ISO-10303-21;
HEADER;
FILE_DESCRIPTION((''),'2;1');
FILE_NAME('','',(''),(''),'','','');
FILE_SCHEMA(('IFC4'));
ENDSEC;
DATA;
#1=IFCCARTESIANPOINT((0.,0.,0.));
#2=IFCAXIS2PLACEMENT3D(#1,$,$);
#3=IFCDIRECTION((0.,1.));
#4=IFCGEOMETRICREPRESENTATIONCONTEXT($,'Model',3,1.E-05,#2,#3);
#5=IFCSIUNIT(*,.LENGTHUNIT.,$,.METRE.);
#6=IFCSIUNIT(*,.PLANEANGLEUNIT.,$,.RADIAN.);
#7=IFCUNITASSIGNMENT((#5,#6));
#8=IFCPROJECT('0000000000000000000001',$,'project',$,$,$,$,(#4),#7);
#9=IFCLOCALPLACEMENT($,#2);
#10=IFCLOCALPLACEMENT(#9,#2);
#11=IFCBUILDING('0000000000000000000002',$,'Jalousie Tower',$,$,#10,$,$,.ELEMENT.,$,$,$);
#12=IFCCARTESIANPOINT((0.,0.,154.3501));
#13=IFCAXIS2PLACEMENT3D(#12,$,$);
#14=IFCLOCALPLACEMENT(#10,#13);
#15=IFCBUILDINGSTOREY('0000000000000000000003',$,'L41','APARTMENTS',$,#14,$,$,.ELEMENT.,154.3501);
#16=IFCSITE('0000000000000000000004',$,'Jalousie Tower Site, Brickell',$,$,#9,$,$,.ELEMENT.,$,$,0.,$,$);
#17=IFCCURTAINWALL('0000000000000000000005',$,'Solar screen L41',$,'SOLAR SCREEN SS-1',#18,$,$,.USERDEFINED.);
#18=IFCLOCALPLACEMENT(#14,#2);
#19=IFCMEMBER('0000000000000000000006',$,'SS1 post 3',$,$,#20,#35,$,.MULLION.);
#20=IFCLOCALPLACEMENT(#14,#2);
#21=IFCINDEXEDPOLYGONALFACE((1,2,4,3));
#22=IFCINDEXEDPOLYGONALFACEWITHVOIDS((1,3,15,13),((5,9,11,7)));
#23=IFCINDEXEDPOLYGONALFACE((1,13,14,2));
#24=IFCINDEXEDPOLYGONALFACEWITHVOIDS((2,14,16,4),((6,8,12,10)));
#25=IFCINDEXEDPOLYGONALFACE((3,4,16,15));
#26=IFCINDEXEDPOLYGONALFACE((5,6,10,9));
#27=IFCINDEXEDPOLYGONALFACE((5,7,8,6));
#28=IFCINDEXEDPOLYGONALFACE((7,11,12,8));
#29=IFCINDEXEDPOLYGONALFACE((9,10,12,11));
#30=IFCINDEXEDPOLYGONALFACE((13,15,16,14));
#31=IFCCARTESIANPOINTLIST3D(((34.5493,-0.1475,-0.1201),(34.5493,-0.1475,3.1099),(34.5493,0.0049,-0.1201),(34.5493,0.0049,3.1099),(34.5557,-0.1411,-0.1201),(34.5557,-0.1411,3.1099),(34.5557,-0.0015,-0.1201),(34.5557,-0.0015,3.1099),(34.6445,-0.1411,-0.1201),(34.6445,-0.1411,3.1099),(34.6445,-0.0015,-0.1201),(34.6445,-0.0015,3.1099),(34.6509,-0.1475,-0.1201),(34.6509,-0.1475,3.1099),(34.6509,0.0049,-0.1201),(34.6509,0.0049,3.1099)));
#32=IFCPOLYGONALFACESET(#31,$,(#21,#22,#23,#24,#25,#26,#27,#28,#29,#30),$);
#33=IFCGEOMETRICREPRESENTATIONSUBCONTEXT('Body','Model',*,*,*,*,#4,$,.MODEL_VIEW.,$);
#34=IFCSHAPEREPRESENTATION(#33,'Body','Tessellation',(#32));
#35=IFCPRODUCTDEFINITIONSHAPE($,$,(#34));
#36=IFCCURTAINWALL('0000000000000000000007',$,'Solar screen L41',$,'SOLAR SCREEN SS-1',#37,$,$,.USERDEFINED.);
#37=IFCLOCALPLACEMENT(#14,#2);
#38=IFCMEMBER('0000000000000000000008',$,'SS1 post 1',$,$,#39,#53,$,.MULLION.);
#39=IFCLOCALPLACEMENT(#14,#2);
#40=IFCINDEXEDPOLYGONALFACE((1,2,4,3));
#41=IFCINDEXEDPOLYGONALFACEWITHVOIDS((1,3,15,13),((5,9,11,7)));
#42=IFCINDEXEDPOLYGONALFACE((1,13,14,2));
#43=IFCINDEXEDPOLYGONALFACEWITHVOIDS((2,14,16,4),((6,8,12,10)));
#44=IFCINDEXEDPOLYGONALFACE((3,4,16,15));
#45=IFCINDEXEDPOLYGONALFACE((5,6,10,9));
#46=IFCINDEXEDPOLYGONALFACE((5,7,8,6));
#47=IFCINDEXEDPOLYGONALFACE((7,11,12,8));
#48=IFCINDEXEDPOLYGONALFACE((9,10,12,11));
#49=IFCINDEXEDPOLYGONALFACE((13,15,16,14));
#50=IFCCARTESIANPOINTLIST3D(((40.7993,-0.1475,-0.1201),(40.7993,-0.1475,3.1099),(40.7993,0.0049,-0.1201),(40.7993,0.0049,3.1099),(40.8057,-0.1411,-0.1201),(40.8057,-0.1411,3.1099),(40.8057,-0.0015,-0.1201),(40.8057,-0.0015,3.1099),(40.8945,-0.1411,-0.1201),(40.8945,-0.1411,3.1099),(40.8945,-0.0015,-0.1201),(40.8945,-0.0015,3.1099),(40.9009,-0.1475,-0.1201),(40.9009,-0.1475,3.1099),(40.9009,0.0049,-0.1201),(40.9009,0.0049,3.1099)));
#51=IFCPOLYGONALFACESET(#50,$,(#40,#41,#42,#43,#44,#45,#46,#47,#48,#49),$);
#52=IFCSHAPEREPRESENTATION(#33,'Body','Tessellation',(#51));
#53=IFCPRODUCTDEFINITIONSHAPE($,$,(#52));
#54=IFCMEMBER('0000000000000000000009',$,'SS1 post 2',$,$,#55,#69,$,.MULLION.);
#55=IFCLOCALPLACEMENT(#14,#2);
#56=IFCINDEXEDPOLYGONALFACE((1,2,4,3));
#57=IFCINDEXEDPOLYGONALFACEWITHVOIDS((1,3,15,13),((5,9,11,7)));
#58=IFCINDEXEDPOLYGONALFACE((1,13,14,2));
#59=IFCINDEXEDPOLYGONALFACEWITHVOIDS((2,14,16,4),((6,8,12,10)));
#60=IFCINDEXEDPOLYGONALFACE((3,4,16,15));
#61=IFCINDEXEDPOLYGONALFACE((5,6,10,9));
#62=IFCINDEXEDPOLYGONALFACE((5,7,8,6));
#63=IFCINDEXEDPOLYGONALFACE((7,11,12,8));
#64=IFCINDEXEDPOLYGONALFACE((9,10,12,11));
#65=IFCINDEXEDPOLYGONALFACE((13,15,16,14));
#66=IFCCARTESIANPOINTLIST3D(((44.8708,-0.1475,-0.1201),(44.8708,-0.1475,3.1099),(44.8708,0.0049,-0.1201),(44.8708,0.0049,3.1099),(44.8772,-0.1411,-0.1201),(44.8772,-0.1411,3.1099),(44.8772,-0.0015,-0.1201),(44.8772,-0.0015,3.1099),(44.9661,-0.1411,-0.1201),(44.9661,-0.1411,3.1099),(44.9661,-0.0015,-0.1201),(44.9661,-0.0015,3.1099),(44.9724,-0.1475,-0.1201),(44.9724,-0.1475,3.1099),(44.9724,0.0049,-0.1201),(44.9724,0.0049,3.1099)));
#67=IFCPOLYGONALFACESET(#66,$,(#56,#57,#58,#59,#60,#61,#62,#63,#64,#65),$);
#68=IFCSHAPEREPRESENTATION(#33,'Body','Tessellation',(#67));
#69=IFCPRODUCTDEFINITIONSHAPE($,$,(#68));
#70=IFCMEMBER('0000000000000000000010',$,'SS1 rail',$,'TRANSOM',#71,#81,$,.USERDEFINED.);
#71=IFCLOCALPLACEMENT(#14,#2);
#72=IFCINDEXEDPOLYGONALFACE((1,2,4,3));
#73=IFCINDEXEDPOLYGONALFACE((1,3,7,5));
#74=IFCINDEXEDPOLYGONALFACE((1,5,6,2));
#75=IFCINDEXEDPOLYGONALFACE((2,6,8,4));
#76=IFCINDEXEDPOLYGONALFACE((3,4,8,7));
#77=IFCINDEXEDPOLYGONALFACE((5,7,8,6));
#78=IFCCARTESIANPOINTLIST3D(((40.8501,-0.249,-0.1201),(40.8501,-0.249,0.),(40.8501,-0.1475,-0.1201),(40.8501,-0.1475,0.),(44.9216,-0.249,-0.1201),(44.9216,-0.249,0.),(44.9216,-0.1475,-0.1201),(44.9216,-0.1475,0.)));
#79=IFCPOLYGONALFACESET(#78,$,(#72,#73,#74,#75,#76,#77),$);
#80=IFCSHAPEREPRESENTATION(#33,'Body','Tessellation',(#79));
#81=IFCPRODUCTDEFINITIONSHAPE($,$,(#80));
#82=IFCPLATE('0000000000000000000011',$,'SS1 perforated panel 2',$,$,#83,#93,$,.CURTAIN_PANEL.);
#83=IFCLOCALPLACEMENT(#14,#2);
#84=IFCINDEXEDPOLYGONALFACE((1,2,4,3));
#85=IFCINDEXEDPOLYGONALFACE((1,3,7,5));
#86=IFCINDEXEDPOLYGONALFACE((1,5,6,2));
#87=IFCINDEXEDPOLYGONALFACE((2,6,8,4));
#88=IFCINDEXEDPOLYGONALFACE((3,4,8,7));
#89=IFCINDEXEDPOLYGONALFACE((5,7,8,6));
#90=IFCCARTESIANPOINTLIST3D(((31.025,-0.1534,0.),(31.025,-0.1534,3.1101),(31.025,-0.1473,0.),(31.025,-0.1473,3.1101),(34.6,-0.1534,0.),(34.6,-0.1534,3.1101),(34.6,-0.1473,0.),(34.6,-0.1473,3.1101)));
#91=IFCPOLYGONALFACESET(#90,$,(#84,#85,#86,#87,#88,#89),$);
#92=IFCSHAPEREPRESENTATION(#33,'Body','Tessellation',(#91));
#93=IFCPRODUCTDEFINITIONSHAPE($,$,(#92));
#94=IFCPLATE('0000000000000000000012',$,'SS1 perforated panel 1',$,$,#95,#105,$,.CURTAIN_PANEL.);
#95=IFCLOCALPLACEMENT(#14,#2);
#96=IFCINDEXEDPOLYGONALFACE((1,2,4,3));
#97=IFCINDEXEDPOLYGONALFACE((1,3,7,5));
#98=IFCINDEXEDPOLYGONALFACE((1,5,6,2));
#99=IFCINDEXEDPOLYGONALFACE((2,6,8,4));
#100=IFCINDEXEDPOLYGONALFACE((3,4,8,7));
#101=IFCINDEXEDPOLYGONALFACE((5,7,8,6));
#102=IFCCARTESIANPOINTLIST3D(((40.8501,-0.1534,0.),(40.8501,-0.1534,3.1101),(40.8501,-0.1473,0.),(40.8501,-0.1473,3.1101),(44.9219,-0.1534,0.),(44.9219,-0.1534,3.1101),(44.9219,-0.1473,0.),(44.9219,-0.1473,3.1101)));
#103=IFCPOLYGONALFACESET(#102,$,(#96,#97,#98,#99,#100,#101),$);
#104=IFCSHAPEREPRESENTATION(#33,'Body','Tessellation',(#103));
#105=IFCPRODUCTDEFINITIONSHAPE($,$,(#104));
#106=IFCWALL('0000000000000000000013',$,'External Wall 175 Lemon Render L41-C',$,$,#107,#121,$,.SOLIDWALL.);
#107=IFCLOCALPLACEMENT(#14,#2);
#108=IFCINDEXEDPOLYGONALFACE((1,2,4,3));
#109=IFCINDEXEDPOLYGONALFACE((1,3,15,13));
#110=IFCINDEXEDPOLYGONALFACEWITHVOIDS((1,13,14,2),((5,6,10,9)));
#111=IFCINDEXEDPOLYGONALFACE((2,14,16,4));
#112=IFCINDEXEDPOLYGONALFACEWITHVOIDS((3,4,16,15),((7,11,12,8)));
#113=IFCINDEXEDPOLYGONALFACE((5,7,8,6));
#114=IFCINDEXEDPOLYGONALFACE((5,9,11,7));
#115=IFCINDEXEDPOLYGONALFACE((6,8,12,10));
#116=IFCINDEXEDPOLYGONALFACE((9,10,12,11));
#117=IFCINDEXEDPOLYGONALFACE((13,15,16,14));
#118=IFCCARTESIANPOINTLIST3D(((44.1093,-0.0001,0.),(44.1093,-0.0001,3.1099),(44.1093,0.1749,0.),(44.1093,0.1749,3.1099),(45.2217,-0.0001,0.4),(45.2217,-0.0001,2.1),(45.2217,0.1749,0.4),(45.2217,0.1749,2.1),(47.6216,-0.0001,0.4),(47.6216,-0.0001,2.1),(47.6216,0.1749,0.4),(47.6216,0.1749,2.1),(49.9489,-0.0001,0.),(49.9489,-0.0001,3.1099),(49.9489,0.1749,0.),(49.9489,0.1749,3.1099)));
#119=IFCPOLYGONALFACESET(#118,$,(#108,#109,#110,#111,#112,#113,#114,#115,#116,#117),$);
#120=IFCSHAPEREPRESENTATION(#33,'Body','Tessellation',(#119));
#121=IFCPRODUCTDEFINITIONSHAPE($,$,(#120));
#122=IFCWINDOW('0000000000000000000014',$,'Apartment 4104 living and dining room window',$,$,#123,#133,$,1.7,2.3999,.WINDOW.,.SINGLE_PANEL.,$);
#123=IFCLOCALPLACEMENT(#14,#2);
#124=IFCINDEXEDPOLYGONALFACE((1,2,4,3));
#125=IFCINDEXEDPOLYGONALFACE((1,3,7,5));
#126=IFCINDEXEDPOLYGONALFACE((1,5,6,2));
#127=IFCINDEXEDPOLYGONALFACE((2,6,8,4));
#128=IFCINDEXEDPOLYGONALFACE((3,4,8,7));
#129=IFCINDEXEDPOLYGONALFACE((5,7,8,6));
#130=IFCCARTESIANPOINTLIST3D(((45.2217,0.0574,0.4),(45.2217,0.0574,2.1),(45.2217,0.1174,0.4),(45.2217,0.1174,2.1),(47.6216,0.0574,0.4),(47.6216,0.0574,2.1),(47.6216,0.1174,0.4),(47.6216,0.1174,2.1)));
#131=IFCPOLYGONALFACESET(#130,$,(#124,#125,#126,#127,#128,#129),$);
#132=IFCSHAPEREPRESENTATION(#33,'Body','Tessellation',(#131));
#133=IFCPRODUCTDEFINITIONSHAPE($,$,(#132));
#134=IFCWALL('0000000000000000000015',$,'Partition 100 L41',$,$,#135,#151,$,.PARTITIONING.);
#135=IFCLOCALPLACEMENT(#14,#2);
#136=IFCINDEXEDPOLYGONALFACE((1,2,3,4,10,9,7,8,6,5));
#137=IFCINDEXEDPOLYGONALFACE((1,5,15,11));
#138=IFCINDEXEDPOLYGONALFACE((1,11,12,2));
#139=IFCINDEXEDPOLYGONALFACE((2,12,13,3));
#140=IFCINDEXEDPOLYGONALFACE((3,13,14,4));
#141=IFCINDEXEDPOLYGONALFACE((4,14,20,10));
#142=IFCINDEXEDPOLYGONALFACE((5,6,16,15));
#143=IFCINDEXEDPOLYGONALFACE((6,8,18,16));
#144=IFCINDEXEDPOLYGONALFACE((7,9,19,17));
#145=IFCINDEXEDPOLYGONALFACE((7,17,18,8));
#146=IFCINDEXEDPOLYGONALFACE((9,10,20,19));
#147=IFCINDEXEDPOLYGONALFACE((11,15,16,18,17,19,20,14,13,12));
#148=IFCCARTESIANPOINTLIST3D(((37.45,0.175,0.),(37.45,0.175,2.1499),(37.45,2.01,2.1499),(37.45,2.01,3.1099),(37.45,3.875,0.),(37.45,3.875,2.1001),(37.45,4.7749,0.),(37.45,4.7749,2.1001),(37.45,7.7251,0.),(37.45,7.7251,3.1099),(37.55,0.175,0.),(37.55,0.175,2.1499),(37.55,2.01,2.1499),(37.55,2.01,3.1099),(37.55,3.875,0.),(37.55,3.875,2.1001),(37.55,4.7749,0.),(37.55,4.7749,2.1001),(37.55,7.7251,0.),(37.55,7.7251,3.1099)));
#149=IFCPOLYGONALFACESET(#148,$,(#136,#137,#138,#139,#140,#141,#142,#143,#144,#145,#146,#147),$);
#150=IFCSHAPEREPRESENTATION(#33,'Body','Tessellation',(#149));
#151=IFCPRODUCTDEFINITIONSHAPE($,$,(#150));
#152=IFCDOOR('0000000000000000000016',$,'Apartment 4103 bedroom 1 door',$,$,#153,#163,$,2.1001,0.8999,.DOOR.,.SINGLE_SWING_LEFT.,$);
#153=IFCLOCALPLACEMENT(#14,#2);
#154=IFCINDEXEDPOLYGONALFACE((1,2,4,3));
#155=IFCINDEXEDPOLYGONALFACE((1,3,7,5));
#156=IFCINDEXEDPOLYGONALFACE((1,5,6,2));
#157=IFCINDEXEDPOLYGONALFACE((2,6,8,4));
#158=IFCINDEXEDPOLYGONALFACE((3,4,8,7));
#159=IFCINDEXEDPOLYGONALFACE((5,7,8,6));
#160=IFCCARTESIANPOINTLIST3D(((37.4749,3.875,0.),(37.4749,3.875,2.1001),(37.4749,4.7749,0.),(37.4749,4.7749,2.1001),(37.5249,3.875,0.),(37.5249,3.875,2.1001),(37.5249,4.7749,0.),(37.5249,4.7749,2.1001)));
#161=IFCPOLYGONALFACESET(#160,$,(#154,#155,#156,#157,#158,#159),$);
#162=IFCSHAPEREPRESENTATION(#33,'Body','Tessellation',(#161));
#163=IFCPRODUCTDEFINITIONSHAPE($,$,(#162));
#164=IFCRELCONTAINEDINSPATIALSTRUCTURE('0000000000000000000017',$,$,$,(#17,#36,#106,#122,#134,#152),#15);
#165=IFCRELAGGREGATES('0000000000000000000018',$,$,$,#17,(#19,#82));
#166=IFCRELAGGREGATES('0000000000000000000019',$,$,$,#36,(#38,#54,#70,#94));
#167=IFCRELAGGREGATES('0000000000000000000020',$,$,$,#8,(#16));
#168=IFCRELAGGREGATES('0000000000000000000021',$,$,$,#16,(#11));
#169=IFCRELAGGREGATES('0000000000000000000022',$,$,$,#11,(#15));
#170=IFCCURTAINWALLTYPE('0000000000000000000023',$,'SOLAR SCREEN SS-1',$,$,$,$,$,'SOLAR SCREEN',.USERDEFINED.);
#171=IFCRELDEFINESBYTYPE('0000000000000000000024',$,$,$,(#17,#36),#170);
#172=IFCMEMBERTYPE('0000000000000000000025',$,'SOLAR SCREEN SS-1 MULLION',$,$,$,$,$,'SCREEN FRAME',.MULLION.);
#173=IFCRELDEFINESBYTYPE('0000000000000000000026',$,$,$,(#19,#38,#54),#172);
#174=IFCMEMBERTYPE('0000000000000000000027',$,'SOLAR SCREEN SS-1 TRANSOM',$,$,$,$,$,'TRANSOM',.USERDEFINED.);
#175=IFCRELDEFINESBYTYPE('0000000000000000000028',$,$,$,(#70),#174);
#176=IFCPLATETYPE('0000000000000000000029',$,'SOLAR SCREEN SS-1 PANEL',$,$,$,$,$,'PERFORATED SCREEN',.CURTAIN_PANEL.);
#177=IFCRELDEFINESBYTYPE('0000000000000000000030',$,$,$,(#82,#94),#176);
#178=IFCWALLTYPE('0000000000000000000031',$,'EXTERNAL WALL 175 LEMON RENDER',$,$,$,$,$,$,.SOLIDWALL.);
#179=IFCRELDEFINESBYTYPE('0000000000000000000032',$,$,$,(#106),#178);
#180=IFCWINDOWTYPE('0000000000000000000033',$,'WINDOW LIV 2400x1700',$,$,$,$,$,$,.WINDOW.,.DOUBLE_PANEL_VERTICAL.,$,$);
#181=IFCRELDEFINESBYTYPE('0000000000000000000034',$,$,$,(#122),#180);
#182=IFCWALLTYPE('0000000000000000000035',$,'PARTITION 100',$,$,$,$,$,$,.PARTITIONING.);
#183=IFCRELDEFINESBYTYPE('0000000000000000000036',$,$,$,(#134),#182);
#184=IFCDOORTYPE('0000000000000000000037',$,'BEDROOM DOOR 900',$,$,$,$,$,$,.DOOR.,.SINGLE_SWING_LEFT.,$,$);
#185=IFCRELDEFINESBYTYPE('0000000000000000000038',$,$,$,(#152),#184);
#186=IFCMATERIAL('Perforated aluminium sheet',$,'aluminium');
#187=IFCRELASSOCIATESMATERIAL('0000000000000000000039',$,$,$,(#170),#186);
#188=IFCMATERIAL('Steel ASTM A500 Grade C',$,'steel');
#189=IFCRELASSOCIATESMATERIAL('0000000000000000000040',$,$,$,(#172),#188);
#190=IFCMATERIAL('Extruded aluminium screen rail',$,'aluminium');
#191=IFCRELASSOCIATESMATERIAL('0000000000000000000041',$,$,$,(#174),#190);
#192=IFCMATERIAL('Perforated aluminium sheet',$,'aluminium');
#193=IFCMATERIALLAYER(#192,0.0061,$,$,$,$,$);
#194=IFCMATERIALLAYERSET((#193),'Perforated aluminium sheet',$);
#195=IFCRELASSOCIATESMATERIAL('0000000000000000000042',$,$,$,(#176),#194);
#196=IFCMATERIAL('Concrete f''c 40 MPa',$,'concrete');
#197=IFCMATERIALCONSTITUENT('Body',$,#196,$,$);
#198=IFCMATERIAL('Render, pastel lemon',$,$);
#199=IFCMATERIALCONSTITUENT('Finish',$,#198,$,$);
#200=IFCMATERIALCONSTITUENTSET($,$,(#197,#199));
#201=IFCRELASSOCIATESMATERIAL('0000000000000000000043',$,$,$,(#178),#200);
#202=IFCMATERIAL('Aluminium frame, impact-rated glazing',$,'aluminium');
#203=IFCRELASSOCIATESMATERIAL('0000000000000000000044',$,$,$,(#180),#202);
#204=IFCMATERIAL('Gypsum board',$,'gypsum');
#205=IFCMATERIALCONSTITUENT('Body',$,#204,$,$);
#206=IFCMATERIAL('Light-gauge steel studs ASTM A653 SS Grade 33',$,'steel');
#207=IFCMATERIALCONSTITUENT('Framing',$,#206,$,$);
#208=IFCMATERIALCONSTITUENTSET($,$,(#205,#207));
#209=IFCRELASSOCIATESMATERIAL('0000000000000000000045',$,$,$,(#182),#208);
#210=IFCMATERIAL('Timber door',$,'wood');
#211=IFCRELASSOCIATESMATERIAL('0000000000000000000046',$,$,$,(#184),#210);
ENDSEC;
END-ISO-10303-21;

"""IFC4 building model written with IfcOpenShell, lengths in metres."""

from ifc_helpers import new_model, si_unit, direction, frame, frame_2d, origin, origin_2d, place, context, subcontext, project, spatial, polyline, rectangle, hollow_rectangle, outline, extrude, material, layer, layer_set, constituent, constituent_set, material_profile, profile_set, type_object, element, fill, aggregate, save


model = new_model("IFC4")

# Units and contexts
model_context = context("Model", 3, precision=1e-05, world=origin(), true_north=direction((0.0, 1.0)))
body_context = subcontext(model_context, "Body", "Model", "MODEL_VIEW")
ifc_project = project(units=[si_unit("LENGTHUNIT", "METRE"), si_unit("PLANEANGLEUNIT", "RADIAN")], contexts=[model_context])

# Site, building, storey
site_placement = place(None, origin())
site = spatial("IfcSite", under=ifc_project, at=site_placement, Name="Jalousie Tower Site, Brickell", CompositionType="ELEMENT", RefElevation=0.0)
building_placement = place(site_placement, origin())
building = spatial("IfcBuilding", under=site, at=building_placement, Name="Jalousie Tower", CompositionType="ELEMENT")
storey_placement = place(building_placement, frame((0.0, 0.0, 154.3501)))
storey = spatial("IfcBuildingStorey", under=building, at=storey_placement, Name="L41", Description="APARTMENTS", CompositionType="ELEMENT", Elevation=154.3501)

# Curtain wall, member
ifc_material_1 = material(Name="Perforated aluminium sheet", Category="aluminium")
curtain_wall_type = type_object("IfcCurtainWallType", Name="SOLAR SCREEN SS-1", ElementType="SOLAR SCREEN", PredefinedType="USERDEFINED", material=ifc_material_1)
curtain_wall_1_placement = place(storey_placement, origin())
curtain_wall_1 = element("IfcCurtainWall", 1, at=curtain_wall_1_placement, inside=storey, type_object=curtain_wall_type, Name="Solar screen L41", ObjectType="SOLAR SCREEN SS-1", PredefinedType="USERDEFINED")
ifc_material_2 = material(Name="Steel ASTM A500 Grade C", Category="steel")
ifc_material_profile_1 = material_profile(ifc_material_2, hollow_rectangle(XDim=0.1016, YDim=0.1523, WallThickness=0.0063, at=origin_2d()), Name="HSS6X4X1/4")
ifc_profile_set_1 = profile_set([ifc_material_profile_1], Name="Steel ASTM A500 Grade C")
member_type_1 = type_object("IfcMemberType", Name="SOLAR SCREEN SS-1 MULLION", ElementType="SCREEN FRAME", PredefinedType="MULLION", material=ifc_profile_set_1)
member_1_placement = place(storey_placement, frame((34.6001, -0.0713, -0.1201), z_axis=(0.0, 0.0, 1.0), x_axis=(1.0, 0.0, 0.0)))
member_1 = element("IfcMember", 2, at=member_1_placement, type_object=member_type_1, Name="SS1 post 3", PredefinedType="MULLION", context=body_context, shape_type="SweptSolid", body=[
    extrude(hollow_rectangle(XDim=0.1016, YDim=0.1523, WallThickness=0.0063, at=origin_2d()), origin(), (0.0, 0.0, 1.0), 3.23),
])

# Curtain wall, members
curtain_wall_2_placement = place(storey_placement, origin())
curtain_wall_2 = element("IfcCurtainWall", 3, at=curtain_wall_2_placement, inside=storey, type_object=curtain_wall_type, Name="Solar screen L41", ObjectType="SOLAR SCREEN SS-1", PredefinedType="USERDEFINED")
member_2_placement = place(storey_placement, frame((40.8501, -0.0713, -0.1201), z_axis=(0.0, 0.0, 1.0), x_axis=(1.0, 0.0, 0.0)))
member_2 = element("IfcMember", 4, at=member_2_placement, type_object=member_type_1, Name="SS1 post 1", PredefinedType="MULLION", context=body_context, shape_type="SweptSolid", body=[
    extrude(hollow_rectangle(XDim=0.1016, YDim=0.1523, WallThickness=0.0063, at=origin_2d()), origin(), (0.0, 0.0, 1.0), 3.23),
])
member_3_placement = place(storey_placement, frame((44.9216, -0.0713, -0.1201), z_axis=(0.0, 0.0, 1.0), x_axis=(1.0, 0.0, 0.0)))
member_3 = element("IfcMember", 5, at=member_3_placement, type_object=member_type_1, Name="SS1 post 2", PredefinedType="MULLION", context=body_context, shape_type="SweptSolid", body=[
    extrude(hollow_rectangle(XDim=0.1016, YDim=0.1523, WallThickness=0.0063, at=origin_2d()), origin(), (0.0, 0.0, 1.0), 3.23),
])
ifc_material_3 = material(Name="Extruded aluminium screen rail", Category="aluminium")
ifc_material_profile_2 = material_profile(ifc_material_3, rectangle(XDim=0.1016, YDim=0.1201, at=origin_2d()), Name="RAIL 102x120")
ifc_profile_set_2 = profile_set([ifc_material_profile_2], Name="Extruded aluminium screen rail")
member_type_2 = type_object("IfcMemberType", Name="SOLAR SCREEN SS-1 TRANSOM", ElementType="TRANSOM", PredefinedType="USERDEFINED", material=ifc_profile_set_2)
member_4_placement = place(storey_placement, frame((40.8501, -0.1982, -0.0601), z_axis=(1.0, 0.0, 0.0), x_axis=(0.0, 1.0, 0.0)))
member_4 = element("IfcMember", 6, at=member_4_placement, type_object=member_type_2, Name="SS1 rail", ObjectType="TRANSOM", PredefinedType="USERDEFINED", context=body_context, shape_type="SweptSolid", body=[
    extrude(rectangle(XDim=0.1016, YDim=0.1201, at=origin_2d()), origin(), (0.0, 0.0, 1.0), 4.0715),
])

# Plates
ifc_material_4 = material(Name="Perforated aluminium sheet", Category="aluminium")
ifc_layer_1 = layer(ifc_material_4, 0.0061)
ifc_layer_set_1 = layer_set([ifc_layer_1], Name="Perforated aluminium sheet")
plate_type = type_object("IfcPlateType", Name="SOLAR SCREEN SS-1 PANEL", ElementType="PERFORATED SCREEN", PredefinedType="CURTAIN_PANEL", material=ifc_layer_set_1)
plate_1_placement = place(storey_placement, frame((32.8125, -0.1504, 0.0), z_axis=(0.0, 0.0, 1.0), x_axis=(1.0, 0.0, 0.0)))
plate_1 = element("IfcPlate", 7, at=plate_1_placement, type_object=plate_type, Name="SS1 perforated panel 2", PredefinedType="CURTAIN_PANEL", context=body_context, shape_type="SweptSolid", body=[
    extrude(rectangle(XDim=3.575, YDim=0.0061, at=origin_2d()), origin(), (0.0, 0.0, 1.0), 3.1101),
])
aggregate(curtain_wall_1, [member_1, plate_1])
plate_2_placement = place(storey_placement, frame((42.886, -0.1504, 0.0), z_axis=(0.0, 0.0, 1.0), x_axis=(1.0, 0.0, 0.0)))
plate_2 = element("IfcPlate", 8, at=plate_2_placement, type_object=plate_type, Name="SS1 perforated panel 1", PredefinedType="CURTAIN_PANEL", context=body_context, shape_type="SweptSolid", body=[
    extrude(rectangle(XDim=4.0718, YDim=0.0061, at=origin_2d()), origin(), (0.0, 0.0, 1.0), 3.1101),
])
aggregate(curtain_wall_2, [member_2, member_3, member_4, plate_2])

# Wall, opening, window
ifc_material_5 = material(Name="Concrete f'c 40 MPa", Category="concrete")
ifc_constituent_1 = constituent(ifc_material_5, Name="Body")
ifc_material_6 = material(Name="Render, pastel lemon")
ifc_constituent_2 = constituent(ifc_material_6, Name="Finish")
ifc_constituent_set_1 = constituent_set(constituents=[ifc_constituent_1, ifc_constituent_2])
wall_type_1 = type_object("IfcWallType", Name="EXTERNAL WALL 175 LEMON RENDER", PredefinedType="SOLIDWALL", material=ifc_constituent_set_1)
wall_1_placement = place(storey_placement, frame((44.1091, 0.0874, 0.0), z_axis=(0.0, 0.0, 1.0), x_axis=(1.0, 0.0, 0.0)))
wall_1 = element("IfcWall", 9, at=wall_1_placement, inside=storey, type_object=wall_type_1, Name="External Wall 175 Lemon Render L41-C", PredefinedType="SOLIDWALL", context=body_context, shape_type="SweptSolid", body=[
    extrude(rectangle(XDim=5.8396, YDim=0.175, at=frame_2d((2.9199, 0.0))), origin(), (0.0, 0.0, 1.0), 3.1099),
])
opening_1_placement = place(wall_1_placement, frame((1.1125, 0.0, 0.3999)))
opening_1 = element("IfcOpeningElement", 10, at=opening_1_placement, cuts=wall_1, PredefinedType="OPENING", context=body_context, shape_type="SweptSolid", body=[
    extrude(rectangle(XDim=2.3999, YDim=1.7, at=frame_2d((1.2, 0.8501))), frame((0.0, 0.0974, 0.0), z_axis=(0.0, -1.0, 0.0), x_axis=(1.0, 0.0, 0.0)), (0.0, 0.0, 1.0), 0.1951),
])
ifc_material_7 = material(Name="Aluminium frame, impact-rated glazing", Category="aluminium")
window_type = type_object("IfcWindowType", Name="WINDOW LIV 2400x1700", PartitioningType="DOUBLE_PANEL_VERTICAL", PredefinedType="WINDOW", material=ifc_material_7)
window_placement = place(opening_1_placement, origin())
window = element("IfcWindow", 11, at=window_placement, inside=storey, type_object=window_type, Name="Apartment 4104 living and dining room window", OverallHeight=1.7, OverallWidth=2.3999, PartitioningType="SINGLE_PANEL", PredefinedType="WINDOW", context=body_context, shape_type="SweptSolid", body=[
    extrude(rectangle(XDim=2.3999, YDim=1.7, at=frame_2d((1.2, 0.8501))), frame((0.0, 0.03, 0.0), z_axis=(0.0, -1.0, 0.0), x_axis=(1.0, 0.0, 0.0)), (0.0, 0.0, 1.0), 0.0601),
])
fill(opening_1, window)

# Wall, opening, door
ifc_material_8 = material(Name="Gypsum board", Category="gypsum")
ifc_constituent_3 = constituent(ifc_material_8, Name="Body")
ifc_material_9 = material(Name="Light-gauge steel studs ASTM A653 SS Grade 33", Category="steel")
ifc_constituent_4 = constituent(ifc_material_9, Name="Framing")
ifc_constituent_set_2 = constituent_set(constituents=[ifc_constituent_3, ifc_constituent_4])
wall_type_2 = type_object("IfcWallType", Name="PARTITION 100", PredefinedType="PARTITIONING", material=ifc_constituent_set_2)
wall_2_placement = place(storey_placement, frame((37.5, 0.175, 0.0), z_axis=(0.0, 0.0, 1.0), x_axis=(0.0, 1.0, 0.0)))
wall_2 = element("IfcWall", 12, at=wall_2_placement, inside=storey, type_object=wall_type_2, Name="Partition 100 L41", PredefinedType="PARTITIONING", context=body_context, shape_type="SweptSolid", body=[
    extrude(outline(polyline([(0.0, 0.0), (7.55, 0.0), (7.55, 3.1099), (1.835, 3.1099), (1.835, 2.1499), (0.0, 2.1499), (0.0, 3.1099), (0.0, 0.0)])), frame((0.0, 0.05, 0.0), z_axis=(0.0, -1.0, 0.0), x_axis=(1.0, 0.0, 0.0)), (0.0, 0.0, 1.0), 0.1001),
])
opening_2_placement = place(wall_2_placement, frame((3.7, 0.0, 0.0)))
opening_2 = element("IfcOpeningElement", 13, at=opening_2_placement, cuts=wall_2, PredefinedType="OPENING", context=body_context, shape_type="SweptSolid", body=[
    extrude(rectangle(XDim=0.8999, YDim=2.1001, at=frame_2d((0.45, 1.05))), frame((0.0, 0.0601, 0.0), z_axis=(0.0, -1.0, 0.0), x_axis=(1.0, 0.0, 0.0)), (0.0, 0.0, 1.0), 0.1201),
])
ifc_material_10 = material(Name="Timber door", Category="wood")
door_type = type_object("IfcDoorType", Name="BEDROOM DOOR 900", OperationType="SINGLE_SWING_LEFT", PredefinedType="DOOR", material=ifc_material_10)
door_placement = place(opening_2_placement, frame((0.8999, 0.0, 0.0), z_axis=(0.0, 0.0, 1.0), x_axis=(-1.0, 0.0, 0.0)))
door = element("IfcDoor", 14, at=door_placement, inside=storey, type_object=door_type, Name="Apartment 4103 bedroom 1 door", OperationType="SINGLE_SWING_LEFT", OverallHeight=2.1001, OverallWidth=0.8999, PredefinedType="DOOR", context=body_context, shape_type="SweptSolid", body=[
    extrude(rectangle(XDim=0.8999, YDim=2.1001, at=frame_2d((0.45, 1.05))), frame((0.0, 0.0249, 0.0), z_axis=(0.0, -1.0, 0.0), x_axis=(1.0, 0.0, 0.0)), (0.0, 0.0, 1.0), 0.05),
])
fill(opening_2, door)

save(model, "model.ifc")
